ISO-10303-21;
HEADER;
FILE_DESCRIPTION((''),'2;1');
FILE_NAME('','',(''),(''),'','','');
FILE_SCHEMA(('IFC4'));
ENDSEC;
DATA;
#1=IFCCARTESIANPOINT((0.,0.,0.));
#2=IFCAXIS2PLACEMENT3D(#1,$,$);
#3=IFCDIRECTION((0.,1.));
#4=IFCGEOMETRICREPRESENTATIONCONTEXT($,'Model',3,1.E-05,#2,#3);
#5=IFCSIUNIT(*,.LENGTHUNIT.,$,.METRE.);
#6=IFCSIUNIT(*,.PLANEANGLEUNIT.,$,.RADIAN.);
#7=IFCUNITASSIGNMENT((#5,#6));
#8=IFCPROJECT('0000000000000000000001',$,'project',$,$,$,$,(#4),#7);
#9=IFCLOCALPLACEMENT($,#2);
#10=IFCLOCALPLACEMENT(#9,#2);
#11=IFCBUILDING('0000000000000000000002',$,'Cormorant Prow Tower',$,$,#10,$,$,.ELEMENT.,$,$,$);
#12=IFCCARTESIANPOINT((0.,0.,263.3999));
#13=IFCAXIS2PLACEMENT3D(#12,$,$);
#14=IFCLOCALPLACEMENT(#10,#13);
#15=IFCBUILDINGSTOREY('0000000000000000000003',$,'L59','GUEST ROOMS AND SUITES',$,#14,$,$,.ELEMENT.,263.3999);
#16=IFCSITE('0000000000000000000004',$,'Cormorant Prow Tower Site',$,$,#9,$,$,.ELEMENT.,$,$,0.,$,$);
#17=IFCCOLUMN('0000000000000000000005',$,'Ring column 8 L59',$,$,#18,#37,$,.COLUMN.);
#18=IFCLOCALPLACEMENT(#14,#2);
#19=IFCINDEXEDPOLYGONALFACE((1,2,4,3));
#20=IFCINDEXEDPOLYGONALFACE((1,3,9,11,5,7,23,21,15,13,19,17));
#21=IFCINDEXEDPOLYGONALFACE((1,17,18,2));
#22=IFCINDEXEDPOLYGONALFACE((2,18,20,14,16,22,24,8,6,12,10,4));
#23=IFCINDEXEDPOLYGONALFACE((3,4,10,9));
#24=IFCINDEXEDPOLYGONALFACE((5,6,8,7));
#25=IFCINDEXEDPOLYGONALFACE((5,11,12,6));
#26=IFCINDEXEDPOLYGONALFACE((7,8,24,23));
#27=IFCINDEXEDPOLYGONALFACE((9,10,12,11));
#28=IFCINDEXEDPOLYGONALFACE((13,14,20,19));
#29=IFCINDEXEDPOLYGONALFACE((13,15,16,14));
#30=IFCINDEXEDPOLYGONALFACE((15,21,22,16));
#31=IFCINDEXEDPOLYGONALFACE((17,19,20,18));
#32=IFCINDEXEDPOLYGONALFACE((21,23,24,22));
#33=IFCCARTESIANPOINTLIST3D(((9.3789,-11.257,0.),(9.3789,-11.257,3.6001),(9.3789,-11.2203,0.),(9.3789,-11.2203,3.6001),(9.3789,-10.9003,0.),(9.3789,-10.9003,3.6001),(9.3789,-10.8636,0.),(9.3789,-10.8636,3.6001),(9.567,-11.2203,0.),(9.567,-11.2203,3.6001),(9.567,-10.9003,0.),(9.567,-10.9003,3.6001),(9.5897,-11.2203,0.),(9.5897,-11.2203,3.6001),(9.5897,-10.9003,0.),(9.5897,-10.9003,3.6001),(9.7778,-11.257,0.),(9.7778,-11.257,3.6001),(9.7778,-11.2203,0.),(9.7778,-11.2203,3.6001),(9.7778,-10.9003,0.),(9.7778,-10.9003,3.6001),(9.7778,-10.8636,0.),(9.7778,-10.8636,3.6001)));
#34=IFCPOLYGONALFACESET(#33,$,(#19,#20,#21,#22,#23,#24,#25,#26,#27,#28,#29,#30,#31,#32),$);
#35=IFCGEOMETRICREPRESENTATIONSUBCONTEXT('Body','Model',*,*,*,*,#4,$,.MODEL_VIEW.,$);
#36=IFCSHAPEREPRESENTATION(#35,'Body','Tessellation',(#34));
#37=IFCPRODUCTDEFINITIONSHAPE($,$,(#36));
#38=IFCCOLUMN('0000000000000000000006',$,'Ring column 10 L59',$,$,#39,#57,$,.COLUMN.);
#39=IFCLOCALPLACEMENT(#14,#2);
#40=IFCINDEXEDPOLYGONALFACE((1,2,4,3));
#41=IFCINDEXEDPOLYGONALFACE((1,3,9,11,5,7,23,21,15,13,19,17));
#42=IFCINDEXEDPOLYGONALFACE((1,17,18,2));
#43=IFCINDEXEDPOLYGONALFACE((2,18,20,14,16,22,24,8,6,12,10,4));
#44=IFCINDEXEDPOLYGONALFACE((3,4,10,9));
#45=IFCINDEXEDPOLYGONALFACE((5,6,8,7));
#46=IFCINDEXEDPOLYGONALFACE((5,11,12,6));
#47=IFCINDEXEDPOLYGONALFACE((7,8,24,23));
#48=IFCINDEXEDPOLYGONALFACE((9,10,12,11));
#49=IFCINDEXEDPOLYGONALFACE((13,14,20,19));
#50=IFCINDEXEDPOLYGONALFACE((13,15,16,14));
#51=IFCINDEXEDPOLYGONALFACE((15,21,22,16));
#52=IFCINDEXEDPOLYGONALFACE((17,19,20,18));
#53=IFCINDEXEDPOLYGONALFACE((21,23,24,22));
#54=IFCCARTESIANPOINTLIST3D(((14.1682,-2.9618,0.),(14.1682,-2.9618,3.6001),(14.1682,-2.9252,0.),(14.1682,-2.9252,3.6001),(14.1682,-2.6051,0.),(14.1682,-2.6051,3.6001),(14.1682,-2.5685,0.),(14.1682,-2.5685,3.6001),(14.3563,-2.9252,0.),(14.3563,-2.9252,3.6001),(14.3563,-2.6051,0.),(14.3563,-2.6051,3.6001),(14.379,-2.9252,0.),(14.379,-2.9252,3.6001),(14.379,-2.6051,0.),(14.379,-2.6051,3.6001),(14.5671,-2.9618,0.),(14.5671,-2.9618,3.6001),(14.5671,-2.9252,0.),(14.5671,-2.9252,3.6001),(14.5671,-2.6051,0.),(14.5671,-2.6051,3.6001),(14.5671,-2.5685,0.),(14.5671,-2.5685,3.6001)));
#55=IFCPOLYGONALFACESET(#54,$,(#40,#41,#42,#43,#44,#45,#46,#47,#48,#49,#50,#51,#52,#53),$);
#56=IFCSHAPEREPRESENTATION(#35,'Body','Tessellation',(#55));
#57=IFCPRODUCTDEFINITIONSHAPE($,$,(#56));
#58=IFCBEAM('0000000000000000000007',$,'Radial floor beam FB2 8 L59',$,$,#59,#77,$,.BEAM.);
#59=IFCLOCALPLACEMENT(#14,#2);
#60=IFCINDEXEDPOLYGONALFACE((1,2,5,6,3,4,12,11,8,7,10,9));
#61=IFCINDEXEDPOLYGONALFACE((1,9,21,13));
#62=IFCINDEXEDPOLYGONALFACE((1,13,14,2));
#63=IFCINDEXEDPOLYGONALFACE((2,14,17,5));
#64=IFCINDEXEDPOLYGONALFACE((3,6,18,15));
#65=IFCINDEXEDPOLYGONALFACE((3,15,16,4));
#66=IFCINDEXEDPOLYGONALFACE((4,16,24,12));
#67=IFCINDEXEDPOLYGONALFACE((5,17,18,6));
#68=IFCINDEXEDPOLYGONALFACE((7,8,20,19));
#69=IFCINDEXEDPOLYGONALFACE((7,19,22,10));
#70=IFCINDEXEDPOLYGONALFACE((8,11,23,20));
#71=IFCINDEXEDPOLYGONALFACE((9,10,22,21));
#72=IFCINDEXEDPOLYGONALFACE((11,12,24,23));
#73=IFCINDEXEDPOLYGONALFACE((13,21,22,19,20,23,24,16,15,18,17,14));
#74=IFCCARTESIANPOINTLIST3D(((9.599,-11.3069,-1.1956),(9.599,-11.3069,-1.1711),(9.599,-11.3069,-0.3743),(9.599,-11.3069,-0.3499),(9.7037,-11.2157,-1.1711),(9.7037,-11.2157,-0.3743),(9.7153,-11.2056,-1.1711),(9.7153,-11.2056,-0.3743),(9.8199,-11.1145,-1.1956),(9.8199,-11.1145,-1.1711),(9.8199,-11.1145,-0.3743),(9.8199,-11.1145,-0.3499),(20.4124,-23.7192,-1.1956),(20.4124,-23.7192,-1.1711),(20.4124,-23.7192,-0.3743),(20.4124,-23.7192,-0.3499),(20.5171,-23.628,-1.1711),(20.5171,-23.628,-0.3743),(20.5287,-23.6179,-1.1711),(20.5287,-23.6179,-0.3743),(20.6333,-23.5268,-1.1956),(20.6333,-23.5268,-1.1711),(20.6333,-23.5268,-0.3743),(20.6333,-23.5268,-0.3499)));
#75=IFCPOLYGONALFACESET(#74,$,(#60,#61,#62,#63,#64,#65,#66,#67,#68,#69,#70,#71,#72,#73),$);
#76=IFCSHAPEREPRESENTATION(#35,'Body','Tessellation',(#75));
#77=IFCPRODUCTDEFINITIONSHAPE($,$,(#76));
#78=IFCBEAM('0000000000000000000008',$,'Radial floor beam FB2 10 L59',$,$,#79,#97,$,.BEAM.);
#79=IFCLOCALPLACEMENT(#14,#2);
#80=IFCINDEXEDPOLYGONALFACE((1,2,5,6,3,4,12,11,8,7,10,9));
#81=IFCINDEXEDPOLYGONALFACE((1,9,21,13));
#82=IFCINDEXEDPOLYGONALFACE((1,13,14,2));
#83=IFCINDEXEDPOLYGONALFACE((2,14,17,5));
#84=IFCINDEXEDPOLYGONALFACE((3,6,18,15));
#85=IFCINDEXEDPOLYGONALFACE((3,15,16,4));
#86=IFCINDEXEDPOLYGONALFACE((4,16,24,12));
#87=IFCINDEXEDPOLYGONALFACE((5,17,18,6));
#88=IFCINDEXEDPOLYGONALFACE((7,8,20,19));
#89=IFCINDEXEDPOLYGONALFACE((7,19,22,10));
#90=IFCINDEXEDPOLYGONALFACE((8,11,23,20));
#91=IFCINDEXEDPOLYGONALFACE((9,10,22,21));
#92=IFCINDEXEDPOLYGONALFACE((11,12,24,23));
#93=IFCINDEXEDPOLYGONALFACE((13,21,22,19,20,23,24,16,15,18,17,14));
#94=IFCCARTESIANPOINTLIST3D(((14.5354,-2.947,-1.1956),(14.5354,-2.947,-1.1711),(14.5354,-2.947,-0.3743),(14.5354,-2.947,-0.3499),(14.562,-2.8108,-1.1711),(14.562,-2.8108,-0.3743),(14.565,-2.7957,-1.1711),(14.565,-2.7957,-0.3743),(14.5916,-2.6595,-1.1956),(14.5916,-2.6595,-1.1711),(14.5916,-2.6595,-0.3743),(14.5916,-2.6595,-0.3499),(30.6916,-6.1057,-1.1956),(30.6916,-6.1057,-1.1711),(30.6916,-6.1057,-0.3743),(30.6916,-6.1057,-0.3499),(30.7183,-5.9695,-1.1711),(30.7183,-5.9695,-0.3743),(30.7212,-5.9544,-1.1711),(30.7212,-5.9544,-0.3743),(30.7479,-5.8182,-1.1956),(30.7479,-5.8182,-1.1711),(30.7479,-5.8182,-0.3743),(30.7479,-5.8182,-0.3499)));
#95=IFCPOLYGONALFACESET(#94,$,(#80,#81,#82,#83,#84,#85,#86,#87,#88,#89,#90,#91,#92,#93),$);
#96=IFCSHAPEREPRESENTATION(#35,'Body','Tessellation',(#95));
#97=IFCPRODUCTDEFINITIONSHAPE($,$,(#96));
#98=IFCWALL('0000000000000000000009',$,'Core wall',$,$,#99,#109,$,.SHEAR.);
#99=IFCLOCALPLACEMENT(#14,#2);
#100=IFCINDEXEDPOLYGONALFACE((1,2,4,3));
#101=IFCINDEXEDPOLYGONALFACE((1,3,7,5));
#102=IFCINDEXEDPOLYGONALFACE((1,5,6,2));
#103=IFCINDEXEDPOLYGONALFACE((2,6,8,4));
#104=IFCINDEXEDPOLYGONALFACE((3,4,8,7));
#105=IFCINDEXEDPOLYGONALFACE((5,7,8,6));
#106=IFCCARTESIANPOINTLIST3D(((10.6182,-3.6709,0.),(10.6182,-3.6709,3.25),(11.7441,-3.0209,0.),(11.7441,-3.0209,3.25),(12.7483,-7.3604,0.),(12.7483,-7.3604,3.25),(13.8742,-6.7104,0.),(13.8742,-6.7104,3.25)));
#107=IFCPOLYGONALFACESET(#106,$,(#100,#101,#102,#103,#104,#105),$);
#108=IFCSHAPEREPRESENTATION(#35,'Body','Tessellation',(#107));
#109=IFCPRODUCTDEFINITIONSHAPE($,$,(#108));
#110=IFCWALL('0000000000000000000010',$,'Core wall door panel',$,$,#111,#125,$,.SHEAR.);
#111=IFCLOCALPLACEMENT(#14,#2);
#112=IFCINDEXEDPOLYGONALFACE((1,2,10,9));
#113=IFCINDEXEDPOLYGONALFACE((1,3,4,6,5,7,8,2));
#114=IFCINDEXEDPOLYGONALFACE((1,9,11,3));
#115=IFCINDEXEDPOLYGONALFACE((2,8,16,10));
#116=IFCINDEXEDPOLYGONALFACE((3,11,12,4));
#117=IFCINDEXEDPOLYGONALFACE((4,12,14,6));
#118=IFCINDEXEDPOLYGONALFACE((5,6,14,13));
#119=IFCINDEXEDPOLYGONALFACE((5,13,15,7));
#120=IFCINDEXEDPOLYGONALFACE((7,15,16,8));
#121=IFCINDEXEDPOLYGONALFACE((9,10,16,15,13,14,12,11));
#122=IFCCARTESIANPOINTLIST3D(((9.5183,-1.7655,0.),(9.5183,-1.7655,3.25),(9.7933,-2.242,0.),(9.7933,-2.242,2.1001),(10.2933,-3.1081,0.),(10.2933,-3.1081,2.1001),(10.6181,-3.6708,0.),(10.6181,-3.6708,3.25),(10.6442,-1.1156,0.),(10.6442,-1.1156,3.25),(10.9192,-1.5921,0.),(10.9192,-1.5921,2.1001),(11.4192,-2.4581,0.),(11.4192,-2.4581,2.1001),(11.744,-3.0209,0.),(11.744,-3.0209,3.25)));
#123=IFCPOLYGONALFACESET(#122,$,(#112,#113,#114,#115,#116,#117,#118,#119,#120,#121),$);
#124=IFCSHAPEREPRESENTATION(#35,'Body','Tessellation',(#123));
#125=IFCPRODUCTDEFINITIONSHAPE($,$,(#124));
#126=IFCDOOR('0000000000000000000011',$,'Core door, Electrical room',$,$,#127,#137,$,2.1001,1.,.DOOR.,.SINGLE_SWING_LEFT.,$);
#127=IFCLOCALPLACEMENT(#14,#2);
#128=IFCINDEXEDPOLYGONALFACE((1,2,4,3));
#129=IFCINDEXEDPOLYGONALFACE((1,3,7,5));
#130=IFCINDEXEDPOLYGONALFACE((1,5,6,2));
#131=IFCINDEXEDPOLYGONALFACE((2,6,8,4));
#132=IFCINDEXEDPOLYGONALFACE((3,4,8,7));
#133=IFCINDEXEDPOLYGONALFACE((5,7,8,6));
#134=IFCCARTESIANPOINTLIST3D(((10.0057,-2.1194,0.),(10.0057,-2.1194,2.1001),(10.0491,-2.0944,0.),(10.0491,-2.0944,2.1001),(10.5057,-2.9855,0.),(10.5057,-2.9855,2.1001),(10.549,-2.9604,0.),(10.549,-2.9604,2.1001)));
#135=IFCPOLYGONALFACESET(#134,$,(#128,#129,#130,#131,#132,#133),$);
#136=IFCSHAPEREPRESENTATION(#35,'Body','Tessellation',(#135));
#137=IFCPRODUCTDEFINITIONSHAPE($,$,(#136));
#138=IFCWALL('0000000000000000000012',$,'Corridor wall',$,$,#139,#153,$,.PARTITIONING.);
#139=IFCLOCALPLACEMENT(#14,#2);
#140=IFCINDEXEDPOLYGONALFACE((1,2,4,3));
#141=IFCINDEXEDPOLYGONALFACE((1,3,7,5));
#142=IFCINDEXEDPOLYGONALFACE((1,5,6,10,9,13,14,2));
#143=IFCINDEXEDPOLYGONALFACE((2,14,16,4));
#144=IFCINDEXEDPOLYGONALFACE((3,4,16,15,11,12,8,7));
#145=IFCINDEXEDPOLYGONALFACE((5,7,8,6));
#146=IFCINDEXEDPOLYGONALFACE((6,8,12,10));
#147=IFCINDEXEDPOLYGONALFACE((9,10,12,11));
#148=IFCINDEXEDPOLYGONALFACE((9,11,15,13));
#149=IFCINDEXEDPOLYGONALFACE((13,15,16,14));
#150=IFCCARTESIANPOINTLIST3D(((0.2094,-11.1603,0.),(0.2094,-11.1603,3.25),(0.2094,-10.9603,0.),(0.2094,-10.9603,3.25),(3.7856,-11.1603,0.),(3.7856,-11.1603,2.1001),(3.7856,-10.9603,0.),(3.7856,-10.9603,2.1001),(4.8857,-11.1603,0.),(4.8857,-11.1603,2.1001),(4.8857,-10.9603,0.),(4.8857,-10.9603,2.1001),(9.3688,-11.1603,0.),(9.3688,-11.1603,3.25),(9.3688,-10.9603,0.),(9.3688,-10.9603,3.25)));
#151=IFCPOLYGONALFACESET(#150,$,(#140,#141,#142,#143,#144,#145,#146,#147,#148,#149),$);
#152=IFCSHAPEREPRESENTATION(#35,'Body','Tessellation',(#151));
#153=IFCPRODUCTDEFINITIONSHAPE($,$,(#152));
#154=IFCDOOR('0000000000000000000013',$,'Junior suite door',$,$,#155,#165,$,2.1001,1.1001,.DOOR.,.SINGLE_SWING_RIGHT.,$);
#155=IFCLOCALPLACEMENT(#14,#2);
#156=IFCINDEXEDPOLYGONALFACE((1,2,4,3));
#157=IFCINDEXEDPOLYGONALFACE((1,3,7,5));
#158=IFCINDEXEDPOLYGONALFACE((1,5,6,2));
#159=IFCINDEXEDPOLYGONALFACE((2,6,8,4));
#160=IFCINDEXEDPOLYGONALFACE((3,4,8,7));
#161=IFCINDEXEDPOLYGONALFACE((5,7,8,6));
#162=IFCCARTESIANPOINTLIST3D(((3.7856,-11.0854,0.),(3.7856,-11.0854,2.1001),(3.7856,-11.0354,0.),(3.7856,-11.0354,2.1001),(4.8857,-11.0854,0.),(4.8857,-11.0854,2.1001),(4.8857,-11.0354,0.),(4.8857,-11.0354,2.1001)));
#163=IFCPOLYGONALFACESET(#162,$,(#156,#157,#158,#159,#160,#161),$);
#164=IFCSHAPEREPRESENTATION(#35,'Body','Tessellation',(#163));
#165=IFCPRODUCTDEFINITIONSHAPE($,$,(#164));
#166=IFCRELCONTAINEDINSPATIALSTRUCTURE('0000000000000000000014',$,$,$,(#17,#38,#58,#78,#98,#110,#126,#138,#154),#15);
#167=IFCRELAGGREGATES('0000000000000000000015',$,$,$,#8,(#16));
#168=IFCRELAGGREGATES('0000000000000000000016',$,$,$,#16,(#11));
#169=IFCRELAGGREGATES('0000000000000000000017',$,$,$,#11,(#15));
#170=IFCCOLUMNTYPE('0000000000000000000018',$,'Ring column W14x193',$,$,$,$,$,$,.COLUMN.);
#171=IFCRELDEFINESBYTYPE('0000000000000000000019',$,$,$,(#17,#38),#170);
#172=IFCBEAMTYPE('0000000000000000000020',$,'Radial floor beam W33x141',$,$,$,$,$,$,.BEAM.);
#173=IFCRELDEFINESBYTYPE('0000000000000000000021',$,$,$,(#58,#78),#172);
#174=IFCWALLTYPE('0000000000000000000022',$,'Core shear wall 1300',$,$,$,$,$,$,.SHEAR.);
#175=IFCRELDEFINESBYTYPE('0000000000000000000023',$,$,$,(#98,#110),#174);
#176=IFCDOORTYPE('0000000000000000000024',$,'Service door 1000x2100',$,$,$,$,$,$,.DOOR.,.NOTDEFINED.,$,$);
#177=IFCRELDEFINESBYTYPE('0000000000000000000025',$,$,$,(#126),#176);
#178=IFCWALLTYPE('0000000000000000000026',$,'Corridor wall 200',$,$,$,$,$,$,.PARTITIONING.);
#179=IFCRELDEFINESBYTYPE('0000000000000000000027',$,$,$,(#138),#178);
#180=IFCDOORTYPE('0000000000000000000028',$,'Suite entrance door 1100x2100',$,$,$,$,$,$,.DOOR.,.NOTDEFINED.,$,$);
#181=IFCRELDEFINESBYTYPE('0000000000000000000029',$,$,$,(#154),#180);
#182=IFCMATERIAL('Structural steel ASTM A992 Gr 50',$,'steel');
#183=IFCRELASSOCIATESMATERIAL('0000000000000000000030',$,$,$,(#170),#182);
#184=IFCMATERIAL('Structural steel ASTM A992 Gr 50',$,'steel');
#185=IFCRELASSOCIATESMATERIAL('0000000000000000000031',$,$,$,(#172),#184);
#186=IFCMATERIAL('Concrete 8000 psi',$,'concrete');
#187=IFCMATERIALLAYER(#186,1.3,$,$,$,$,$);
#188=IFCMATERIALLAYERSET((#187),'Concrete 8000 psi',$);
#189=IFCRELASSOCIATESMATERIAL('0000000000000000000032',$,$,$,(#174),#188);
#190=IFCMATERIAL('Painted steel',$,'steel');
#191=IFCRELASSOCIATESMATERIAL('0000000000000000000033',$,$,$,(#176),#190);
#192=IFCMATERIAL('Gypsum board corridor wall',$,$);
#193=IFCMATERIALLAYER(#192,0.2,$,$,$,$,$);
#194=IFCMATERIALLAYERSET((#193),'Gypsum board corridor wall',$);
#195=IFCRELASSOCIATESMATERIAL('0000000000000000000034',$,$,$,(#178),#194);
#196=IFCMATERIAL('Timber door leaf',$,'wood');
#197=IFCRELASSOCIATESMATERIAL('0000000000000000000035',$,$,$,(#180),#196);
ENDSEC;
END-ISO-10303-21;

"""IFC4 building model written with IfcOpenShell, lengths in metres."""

from ifc_helpers import new_model, si_unit, direction, frame, frame_2d, origin, origin_2d, place, context, subcontext, project, spatial, rectangle, i_section, extrude, material, layer, layer_set, material_profile, profile_set, type_object, element, fill, save


model = new_model("IFC4")

# Units and contexts
model_context = context("Model", 3, precision=1e-05, world=origin(), true_north=direction((0.0, 1.0)))
body_context = subcontext(model_context, "Body", "Model", "MODEL_VIEW")
ifc_project = project(units=[si_unit("LENGTHUNIT", "METRE"), si_unit("PLANEANGLEUNIT", "RADIAN")], contexts=[model_context])

# Site, building, storey
site_placement = place(None, origin())
site = spatial("IfcSite", under=ifc_project, at=site_placement, Name="Cormorant Prow Tower Site", CompositionType="ELEMENT", RefElevation=0.0)
building_placement = place(site_placement, origin())
building = spatial("IfcBuilding", under=site, at=building_placement, Name="Cormorant Prow Tower", CompositionType="ELEMENT")
storey_placement = place(building_placement, frame((0.0, 0.0, 263.3999)))
storey = spatial("IfcBuildingStorey", under=building, at=storey_placement, Name="L59", Description="GUEST ROOMS AND SUITES", CompositionType="ELEMENT", Elevation=263.3999)

# Columns
ifc_material_1 = material(Name="Structural steel ASTM A992 Gr 50", Category="steel")
ifc_material_profile_1 = material_profile(ifc_material_1, i_section(OverallWidth=0.3989, OverallDepth=0.3933, WebThickness=0.0227, FlangeThickness=0.0366, at=origin_2d()), Name="W14x193")
ifc_profile_set_1 = profile_set([ifc_material_profile_1], Name="Structural steel ASTM A992 Gr 50")
column_type = type_object("IfcColumnType", Name="Ring column W14x193", PredefinedType="COLUMN", material=ifc_profile_set_1)
for number, where, z_axis, x_axis, name in (
    (1, (9.5784, -11.0603, 0.0), (0.0, 0.0, 1.0), (1.0, 0.0, 0.0), "Ring column 8 L59"),
    (2, (14.3677, -2.7651, 0.0), (0.0, 0.0, 1.0), (1.0, 0.0, 0.0), "Ring column 10 L59"),
):
    element("IfcColumn", number, at=place(storey_placement, frame(where, z_axis=z_axis, x_axis=x_axis)), inside=storey, type_object=column_type, Name=name, PredefinedType="COLUMN", context=body_context, shape_type="SweptSolid", body=[
        extrude(i_section(OverallWidth=0.3989, OverallDepth=0.3933, WebThickness=0.0227, FlangeThickness=0.0366, at=origin_2d()), origin(), (0.0, 0.0, 1.0), 3.6001),
    ])

# Beams
ifc_material_2 = material(Name="Structural steel ASTM A992 Gr 50", Category="steel")
ifc_material_profile_2 = material_profile(ifc_material_2, i_section(OverallWidth=0.293, OverallDepth=0.8457, WebThickness=0.0154, FlangeThickness=0.0244, at=origin_2d()), Name="W33x141")
ifc_profile_set_2 = profile_set([ifc_material_profile_2], Name="Structural steel ASTM A992 Gr 50")
beam_type = type_object("IfcBeamType", Name="Radial floor beam W33x141", PredefinedType="BEAM", material=ifc_profile_set_2)
beam_1_placement = place(storey_placement, frame((9.7095, -11.2107, -0.7727), z_axis=(0.656875, -0.754, 0.0), x_axis=(0.754, 0.656875, 0.0)))
element("IfcBeam", 3, at=beam_1_placement, inside=storey, type_object=beam_type, Name="Radial floor beam FB2 8 L59", PredefinedType="BEAM", context=body_context, shape_type="SweptSolid", body=[
    extrude(i_section(OverallWidth=0.293, OverallDepth=0.8457, WebThickness=0.0154, FlangeThickness=0.0244, at=origin_2d()), origin(), (0.0, 0.0, 1.0), 16.4619),
])
beam_2_placement = place(storey_placement, frame((14.5635, -2.8032, -0.7727), z_axis=(0.981419, -0.191876, 0.0), x_axis=(0.191876, 0.981419, 0.0)))
element("IfcBeam", 4, at=beam_2_placement, inside=storey, type_object=beam_type, Name="Radial floor beam FB2 10 L59", PredefinedType="BEAM", context=body_context, shape_type="SweptSolid", body=[
    extrude(i_section(OverallWidth=0.293, OverallDepth=0.8457, WebThickness=0.0154, FlangeThickness=0.0244, at=origin_2d()), origin(), (0.0, 0.0, 1.0), 16.4622),
])

# Wall
ifc_material_3 = material(Name="Concrete 8000 psi", Category="concrete")
ifc_layer_1 = layer(ifc_material_3, 1.3)
ifc_layer_set_1 = layer_set([ifc_layer_1], Name="Concrete 8000 psi")
wall_type_1 = type_object("IfcWallType", Name="Core shear wall 1300", PredefinedType="SHEAR", material=ifc_layer_set_1)
wall_1_placement = place(storey_placement, frame((13.3113, -7.0354, 0.0), z_axis=(0.0, 0.0, 1.0), x_axis=(-0.500004, 0.866023, 0.0)))
element("IfcWall", 5, at=wall_1_placement, inside=storey, type_object=wall_type_1, Name="Core wall", PredefinedType="SHEAR", context=body_context, shape_type="SweptSolid", body=[
    extrude(rectangle(XDim=4.2603, YDim=1.3, at=frame_2d((2.1301, 0.0))), origin(), (0.0, 0.0, 1.0), 3.25),
])

# Walls, openings, doors
wall_2_placement = place(storey_placement, frame((11.1812, -3.3459, 0.0), z_axis=(0.0, 0.0, 1.0), x_axis=(-0.499947, 0.866056, 0.0)))
wall_2 = element("IfcWall", 6, at=wall_2_placement, inside=storey, type_object=wall_type_1, Name="Core wall door panel", PredefinedType="SHEAR", context=body_context, shape_type="SweptSolid", body=[
    extrude(rectangle(XDim=2.2, YDim=1.3, at=frame_2d((1.1001, 0.0))), origin(), (0.0, 0.0, 1.0), 3.25),
])
opening_1_placement = place(wall_2_placement, frame((0.6499, 0.0, 0.0)))
opening_1 = element("IfcOpeningElement", 7, at=opening_1_placement, cuts=wall_2, PredefinedType="OPENING", context=body_context, shape_type="SweptSolid", body=[
    extrude(rectangle(XDim=1.0, YDim=2.1001, at=frame_2d((0.5, 1.05))), frame((0.0, 0.6599, 0.0), z_axis=(0.0, -1.0, 0.0), x_axis=(1.0, 0.0, 0.0)), (0.0, 0.0, 1.0), 1.3201),
])
ifc_material_4 = material(Name="Painted steel", Category="steel")
door_type_1 = type_object("IfcDoorType", Name="Service door 1000x2100", OperationType="NOTDEFINED", PredefinedType="DOOR", material=ifc_material_4)
door_1_placement = place(opening_1_placement, origin())
door_1 = element("IfcDoor", 8, at=door_1_placement, inside=storey, type_object=door_type_1, Name="Core door, Electrical room", OperationType="SINGLE_SWING_LEFT", OverallHeight=2.1001, OverallWidth=1.0, PredefinedType="DOOR", context=body_context, shape_type="SweptSolid", body=[
    extrude(rectangle(XDim=1.0, YDim=2.1001, at=frame_2d((0.5, 1.05))), frame((0.0, 0.4048, 0.0), z_axis=(0.0, -1.0, 0.0), x_axis=(1.0, 0.0, 0.0)), (0.0, 0.0, 1.0), 0.05),
])
fill(opening_1, door_1)
ifc_material_5 = material(Name="Gypsum board corridor wall")
ifc_layer_2 = layer(ifc_material_5, 0.2)
ifc_layer_set_2 = layer_set([ifc_layer_2], Name="Gypsum board corridor wall")
wall_type_2 = type_object("IfcWallType", Name="Corridor wall 200", PredefinedType="PARTITIONING", material=ifc_layer_set_2)
wall_3_placement = place(storey_placement, frame((0.2095, -11.0603, 0.0), z_axis=(0.0, 0.0, 1.0), x_axis=(1.0, 0.0, 0.0)))
wall_3 = element("IfcWall", 9, at=wall_3_placement, inside=storey, type_object=wall_type_2, Name="Corridor wall", PredefinedType="PARTITIONING", context=body_context, shape_type="SweptSolid", body=[
    extrude(rectangle(XDim=9.1594, YDim=0.2, at=frame_2d((4.5796, 0.0))), origin(), (0.0, 0.0, 1.0), 3.25),
])
opening_2_placement = place(wall_3_placement, frame((3.5762, 0.0, 0.0)))
opening_2 = element("IfcOpeningElement", 10, at=opening_2_placement, cuts=wall_3, PredefinedType="OPENING", context=body_context, shape_type="SweptSolid", body=[
    extrude(rectangle(XDim=1.1001, YDim=2.1001, at=frame_2d((0.55, 1.05))), frame((0.0, 0.1099, 0.0), z_axis=(0.0, -1.0, 0.0), x_axis=(1.0, 0.0, 0.0)), (0.0, 0.0, 1.0), 0.22),
])
ifc_material_6 = material(Name="Timber door leaf", Category="wood")
door_type_2 = type_object("IfcDoorType", Name="Suite entrance door 1100x2100", OperationType="NOTDEFINED", PredefinedType="DOOR", material=ifc_material_6)
door_2_placement = place(opening_2_placement, origin())
door_2 = element("IfcDoor", 11, at=door_2_placement, inside=storey, type_object=door_type_2, Name="Junior suite door", OperationType="SINGLE_SWING_RIGHT", OverallHeight=2.1001, OverallWidth=1.1001, PredefinedType="DOOR", context=body_context, shape_type="SweptSolid", body=[
    extrude(rectangle(XDim=1.1001, YDim=2.1001, at=frame_2d((0.55, 1.05))), frame((0.0, 0.0249, 0.0), z_axis=(0.0, -1.0, 0.0), x_axis=(1.0, 0.0, 0.0)), (0.0, 0.0, 1.0), 0.05),
])
fill(opening_2, door_2)

save(model, "model.ifc")
